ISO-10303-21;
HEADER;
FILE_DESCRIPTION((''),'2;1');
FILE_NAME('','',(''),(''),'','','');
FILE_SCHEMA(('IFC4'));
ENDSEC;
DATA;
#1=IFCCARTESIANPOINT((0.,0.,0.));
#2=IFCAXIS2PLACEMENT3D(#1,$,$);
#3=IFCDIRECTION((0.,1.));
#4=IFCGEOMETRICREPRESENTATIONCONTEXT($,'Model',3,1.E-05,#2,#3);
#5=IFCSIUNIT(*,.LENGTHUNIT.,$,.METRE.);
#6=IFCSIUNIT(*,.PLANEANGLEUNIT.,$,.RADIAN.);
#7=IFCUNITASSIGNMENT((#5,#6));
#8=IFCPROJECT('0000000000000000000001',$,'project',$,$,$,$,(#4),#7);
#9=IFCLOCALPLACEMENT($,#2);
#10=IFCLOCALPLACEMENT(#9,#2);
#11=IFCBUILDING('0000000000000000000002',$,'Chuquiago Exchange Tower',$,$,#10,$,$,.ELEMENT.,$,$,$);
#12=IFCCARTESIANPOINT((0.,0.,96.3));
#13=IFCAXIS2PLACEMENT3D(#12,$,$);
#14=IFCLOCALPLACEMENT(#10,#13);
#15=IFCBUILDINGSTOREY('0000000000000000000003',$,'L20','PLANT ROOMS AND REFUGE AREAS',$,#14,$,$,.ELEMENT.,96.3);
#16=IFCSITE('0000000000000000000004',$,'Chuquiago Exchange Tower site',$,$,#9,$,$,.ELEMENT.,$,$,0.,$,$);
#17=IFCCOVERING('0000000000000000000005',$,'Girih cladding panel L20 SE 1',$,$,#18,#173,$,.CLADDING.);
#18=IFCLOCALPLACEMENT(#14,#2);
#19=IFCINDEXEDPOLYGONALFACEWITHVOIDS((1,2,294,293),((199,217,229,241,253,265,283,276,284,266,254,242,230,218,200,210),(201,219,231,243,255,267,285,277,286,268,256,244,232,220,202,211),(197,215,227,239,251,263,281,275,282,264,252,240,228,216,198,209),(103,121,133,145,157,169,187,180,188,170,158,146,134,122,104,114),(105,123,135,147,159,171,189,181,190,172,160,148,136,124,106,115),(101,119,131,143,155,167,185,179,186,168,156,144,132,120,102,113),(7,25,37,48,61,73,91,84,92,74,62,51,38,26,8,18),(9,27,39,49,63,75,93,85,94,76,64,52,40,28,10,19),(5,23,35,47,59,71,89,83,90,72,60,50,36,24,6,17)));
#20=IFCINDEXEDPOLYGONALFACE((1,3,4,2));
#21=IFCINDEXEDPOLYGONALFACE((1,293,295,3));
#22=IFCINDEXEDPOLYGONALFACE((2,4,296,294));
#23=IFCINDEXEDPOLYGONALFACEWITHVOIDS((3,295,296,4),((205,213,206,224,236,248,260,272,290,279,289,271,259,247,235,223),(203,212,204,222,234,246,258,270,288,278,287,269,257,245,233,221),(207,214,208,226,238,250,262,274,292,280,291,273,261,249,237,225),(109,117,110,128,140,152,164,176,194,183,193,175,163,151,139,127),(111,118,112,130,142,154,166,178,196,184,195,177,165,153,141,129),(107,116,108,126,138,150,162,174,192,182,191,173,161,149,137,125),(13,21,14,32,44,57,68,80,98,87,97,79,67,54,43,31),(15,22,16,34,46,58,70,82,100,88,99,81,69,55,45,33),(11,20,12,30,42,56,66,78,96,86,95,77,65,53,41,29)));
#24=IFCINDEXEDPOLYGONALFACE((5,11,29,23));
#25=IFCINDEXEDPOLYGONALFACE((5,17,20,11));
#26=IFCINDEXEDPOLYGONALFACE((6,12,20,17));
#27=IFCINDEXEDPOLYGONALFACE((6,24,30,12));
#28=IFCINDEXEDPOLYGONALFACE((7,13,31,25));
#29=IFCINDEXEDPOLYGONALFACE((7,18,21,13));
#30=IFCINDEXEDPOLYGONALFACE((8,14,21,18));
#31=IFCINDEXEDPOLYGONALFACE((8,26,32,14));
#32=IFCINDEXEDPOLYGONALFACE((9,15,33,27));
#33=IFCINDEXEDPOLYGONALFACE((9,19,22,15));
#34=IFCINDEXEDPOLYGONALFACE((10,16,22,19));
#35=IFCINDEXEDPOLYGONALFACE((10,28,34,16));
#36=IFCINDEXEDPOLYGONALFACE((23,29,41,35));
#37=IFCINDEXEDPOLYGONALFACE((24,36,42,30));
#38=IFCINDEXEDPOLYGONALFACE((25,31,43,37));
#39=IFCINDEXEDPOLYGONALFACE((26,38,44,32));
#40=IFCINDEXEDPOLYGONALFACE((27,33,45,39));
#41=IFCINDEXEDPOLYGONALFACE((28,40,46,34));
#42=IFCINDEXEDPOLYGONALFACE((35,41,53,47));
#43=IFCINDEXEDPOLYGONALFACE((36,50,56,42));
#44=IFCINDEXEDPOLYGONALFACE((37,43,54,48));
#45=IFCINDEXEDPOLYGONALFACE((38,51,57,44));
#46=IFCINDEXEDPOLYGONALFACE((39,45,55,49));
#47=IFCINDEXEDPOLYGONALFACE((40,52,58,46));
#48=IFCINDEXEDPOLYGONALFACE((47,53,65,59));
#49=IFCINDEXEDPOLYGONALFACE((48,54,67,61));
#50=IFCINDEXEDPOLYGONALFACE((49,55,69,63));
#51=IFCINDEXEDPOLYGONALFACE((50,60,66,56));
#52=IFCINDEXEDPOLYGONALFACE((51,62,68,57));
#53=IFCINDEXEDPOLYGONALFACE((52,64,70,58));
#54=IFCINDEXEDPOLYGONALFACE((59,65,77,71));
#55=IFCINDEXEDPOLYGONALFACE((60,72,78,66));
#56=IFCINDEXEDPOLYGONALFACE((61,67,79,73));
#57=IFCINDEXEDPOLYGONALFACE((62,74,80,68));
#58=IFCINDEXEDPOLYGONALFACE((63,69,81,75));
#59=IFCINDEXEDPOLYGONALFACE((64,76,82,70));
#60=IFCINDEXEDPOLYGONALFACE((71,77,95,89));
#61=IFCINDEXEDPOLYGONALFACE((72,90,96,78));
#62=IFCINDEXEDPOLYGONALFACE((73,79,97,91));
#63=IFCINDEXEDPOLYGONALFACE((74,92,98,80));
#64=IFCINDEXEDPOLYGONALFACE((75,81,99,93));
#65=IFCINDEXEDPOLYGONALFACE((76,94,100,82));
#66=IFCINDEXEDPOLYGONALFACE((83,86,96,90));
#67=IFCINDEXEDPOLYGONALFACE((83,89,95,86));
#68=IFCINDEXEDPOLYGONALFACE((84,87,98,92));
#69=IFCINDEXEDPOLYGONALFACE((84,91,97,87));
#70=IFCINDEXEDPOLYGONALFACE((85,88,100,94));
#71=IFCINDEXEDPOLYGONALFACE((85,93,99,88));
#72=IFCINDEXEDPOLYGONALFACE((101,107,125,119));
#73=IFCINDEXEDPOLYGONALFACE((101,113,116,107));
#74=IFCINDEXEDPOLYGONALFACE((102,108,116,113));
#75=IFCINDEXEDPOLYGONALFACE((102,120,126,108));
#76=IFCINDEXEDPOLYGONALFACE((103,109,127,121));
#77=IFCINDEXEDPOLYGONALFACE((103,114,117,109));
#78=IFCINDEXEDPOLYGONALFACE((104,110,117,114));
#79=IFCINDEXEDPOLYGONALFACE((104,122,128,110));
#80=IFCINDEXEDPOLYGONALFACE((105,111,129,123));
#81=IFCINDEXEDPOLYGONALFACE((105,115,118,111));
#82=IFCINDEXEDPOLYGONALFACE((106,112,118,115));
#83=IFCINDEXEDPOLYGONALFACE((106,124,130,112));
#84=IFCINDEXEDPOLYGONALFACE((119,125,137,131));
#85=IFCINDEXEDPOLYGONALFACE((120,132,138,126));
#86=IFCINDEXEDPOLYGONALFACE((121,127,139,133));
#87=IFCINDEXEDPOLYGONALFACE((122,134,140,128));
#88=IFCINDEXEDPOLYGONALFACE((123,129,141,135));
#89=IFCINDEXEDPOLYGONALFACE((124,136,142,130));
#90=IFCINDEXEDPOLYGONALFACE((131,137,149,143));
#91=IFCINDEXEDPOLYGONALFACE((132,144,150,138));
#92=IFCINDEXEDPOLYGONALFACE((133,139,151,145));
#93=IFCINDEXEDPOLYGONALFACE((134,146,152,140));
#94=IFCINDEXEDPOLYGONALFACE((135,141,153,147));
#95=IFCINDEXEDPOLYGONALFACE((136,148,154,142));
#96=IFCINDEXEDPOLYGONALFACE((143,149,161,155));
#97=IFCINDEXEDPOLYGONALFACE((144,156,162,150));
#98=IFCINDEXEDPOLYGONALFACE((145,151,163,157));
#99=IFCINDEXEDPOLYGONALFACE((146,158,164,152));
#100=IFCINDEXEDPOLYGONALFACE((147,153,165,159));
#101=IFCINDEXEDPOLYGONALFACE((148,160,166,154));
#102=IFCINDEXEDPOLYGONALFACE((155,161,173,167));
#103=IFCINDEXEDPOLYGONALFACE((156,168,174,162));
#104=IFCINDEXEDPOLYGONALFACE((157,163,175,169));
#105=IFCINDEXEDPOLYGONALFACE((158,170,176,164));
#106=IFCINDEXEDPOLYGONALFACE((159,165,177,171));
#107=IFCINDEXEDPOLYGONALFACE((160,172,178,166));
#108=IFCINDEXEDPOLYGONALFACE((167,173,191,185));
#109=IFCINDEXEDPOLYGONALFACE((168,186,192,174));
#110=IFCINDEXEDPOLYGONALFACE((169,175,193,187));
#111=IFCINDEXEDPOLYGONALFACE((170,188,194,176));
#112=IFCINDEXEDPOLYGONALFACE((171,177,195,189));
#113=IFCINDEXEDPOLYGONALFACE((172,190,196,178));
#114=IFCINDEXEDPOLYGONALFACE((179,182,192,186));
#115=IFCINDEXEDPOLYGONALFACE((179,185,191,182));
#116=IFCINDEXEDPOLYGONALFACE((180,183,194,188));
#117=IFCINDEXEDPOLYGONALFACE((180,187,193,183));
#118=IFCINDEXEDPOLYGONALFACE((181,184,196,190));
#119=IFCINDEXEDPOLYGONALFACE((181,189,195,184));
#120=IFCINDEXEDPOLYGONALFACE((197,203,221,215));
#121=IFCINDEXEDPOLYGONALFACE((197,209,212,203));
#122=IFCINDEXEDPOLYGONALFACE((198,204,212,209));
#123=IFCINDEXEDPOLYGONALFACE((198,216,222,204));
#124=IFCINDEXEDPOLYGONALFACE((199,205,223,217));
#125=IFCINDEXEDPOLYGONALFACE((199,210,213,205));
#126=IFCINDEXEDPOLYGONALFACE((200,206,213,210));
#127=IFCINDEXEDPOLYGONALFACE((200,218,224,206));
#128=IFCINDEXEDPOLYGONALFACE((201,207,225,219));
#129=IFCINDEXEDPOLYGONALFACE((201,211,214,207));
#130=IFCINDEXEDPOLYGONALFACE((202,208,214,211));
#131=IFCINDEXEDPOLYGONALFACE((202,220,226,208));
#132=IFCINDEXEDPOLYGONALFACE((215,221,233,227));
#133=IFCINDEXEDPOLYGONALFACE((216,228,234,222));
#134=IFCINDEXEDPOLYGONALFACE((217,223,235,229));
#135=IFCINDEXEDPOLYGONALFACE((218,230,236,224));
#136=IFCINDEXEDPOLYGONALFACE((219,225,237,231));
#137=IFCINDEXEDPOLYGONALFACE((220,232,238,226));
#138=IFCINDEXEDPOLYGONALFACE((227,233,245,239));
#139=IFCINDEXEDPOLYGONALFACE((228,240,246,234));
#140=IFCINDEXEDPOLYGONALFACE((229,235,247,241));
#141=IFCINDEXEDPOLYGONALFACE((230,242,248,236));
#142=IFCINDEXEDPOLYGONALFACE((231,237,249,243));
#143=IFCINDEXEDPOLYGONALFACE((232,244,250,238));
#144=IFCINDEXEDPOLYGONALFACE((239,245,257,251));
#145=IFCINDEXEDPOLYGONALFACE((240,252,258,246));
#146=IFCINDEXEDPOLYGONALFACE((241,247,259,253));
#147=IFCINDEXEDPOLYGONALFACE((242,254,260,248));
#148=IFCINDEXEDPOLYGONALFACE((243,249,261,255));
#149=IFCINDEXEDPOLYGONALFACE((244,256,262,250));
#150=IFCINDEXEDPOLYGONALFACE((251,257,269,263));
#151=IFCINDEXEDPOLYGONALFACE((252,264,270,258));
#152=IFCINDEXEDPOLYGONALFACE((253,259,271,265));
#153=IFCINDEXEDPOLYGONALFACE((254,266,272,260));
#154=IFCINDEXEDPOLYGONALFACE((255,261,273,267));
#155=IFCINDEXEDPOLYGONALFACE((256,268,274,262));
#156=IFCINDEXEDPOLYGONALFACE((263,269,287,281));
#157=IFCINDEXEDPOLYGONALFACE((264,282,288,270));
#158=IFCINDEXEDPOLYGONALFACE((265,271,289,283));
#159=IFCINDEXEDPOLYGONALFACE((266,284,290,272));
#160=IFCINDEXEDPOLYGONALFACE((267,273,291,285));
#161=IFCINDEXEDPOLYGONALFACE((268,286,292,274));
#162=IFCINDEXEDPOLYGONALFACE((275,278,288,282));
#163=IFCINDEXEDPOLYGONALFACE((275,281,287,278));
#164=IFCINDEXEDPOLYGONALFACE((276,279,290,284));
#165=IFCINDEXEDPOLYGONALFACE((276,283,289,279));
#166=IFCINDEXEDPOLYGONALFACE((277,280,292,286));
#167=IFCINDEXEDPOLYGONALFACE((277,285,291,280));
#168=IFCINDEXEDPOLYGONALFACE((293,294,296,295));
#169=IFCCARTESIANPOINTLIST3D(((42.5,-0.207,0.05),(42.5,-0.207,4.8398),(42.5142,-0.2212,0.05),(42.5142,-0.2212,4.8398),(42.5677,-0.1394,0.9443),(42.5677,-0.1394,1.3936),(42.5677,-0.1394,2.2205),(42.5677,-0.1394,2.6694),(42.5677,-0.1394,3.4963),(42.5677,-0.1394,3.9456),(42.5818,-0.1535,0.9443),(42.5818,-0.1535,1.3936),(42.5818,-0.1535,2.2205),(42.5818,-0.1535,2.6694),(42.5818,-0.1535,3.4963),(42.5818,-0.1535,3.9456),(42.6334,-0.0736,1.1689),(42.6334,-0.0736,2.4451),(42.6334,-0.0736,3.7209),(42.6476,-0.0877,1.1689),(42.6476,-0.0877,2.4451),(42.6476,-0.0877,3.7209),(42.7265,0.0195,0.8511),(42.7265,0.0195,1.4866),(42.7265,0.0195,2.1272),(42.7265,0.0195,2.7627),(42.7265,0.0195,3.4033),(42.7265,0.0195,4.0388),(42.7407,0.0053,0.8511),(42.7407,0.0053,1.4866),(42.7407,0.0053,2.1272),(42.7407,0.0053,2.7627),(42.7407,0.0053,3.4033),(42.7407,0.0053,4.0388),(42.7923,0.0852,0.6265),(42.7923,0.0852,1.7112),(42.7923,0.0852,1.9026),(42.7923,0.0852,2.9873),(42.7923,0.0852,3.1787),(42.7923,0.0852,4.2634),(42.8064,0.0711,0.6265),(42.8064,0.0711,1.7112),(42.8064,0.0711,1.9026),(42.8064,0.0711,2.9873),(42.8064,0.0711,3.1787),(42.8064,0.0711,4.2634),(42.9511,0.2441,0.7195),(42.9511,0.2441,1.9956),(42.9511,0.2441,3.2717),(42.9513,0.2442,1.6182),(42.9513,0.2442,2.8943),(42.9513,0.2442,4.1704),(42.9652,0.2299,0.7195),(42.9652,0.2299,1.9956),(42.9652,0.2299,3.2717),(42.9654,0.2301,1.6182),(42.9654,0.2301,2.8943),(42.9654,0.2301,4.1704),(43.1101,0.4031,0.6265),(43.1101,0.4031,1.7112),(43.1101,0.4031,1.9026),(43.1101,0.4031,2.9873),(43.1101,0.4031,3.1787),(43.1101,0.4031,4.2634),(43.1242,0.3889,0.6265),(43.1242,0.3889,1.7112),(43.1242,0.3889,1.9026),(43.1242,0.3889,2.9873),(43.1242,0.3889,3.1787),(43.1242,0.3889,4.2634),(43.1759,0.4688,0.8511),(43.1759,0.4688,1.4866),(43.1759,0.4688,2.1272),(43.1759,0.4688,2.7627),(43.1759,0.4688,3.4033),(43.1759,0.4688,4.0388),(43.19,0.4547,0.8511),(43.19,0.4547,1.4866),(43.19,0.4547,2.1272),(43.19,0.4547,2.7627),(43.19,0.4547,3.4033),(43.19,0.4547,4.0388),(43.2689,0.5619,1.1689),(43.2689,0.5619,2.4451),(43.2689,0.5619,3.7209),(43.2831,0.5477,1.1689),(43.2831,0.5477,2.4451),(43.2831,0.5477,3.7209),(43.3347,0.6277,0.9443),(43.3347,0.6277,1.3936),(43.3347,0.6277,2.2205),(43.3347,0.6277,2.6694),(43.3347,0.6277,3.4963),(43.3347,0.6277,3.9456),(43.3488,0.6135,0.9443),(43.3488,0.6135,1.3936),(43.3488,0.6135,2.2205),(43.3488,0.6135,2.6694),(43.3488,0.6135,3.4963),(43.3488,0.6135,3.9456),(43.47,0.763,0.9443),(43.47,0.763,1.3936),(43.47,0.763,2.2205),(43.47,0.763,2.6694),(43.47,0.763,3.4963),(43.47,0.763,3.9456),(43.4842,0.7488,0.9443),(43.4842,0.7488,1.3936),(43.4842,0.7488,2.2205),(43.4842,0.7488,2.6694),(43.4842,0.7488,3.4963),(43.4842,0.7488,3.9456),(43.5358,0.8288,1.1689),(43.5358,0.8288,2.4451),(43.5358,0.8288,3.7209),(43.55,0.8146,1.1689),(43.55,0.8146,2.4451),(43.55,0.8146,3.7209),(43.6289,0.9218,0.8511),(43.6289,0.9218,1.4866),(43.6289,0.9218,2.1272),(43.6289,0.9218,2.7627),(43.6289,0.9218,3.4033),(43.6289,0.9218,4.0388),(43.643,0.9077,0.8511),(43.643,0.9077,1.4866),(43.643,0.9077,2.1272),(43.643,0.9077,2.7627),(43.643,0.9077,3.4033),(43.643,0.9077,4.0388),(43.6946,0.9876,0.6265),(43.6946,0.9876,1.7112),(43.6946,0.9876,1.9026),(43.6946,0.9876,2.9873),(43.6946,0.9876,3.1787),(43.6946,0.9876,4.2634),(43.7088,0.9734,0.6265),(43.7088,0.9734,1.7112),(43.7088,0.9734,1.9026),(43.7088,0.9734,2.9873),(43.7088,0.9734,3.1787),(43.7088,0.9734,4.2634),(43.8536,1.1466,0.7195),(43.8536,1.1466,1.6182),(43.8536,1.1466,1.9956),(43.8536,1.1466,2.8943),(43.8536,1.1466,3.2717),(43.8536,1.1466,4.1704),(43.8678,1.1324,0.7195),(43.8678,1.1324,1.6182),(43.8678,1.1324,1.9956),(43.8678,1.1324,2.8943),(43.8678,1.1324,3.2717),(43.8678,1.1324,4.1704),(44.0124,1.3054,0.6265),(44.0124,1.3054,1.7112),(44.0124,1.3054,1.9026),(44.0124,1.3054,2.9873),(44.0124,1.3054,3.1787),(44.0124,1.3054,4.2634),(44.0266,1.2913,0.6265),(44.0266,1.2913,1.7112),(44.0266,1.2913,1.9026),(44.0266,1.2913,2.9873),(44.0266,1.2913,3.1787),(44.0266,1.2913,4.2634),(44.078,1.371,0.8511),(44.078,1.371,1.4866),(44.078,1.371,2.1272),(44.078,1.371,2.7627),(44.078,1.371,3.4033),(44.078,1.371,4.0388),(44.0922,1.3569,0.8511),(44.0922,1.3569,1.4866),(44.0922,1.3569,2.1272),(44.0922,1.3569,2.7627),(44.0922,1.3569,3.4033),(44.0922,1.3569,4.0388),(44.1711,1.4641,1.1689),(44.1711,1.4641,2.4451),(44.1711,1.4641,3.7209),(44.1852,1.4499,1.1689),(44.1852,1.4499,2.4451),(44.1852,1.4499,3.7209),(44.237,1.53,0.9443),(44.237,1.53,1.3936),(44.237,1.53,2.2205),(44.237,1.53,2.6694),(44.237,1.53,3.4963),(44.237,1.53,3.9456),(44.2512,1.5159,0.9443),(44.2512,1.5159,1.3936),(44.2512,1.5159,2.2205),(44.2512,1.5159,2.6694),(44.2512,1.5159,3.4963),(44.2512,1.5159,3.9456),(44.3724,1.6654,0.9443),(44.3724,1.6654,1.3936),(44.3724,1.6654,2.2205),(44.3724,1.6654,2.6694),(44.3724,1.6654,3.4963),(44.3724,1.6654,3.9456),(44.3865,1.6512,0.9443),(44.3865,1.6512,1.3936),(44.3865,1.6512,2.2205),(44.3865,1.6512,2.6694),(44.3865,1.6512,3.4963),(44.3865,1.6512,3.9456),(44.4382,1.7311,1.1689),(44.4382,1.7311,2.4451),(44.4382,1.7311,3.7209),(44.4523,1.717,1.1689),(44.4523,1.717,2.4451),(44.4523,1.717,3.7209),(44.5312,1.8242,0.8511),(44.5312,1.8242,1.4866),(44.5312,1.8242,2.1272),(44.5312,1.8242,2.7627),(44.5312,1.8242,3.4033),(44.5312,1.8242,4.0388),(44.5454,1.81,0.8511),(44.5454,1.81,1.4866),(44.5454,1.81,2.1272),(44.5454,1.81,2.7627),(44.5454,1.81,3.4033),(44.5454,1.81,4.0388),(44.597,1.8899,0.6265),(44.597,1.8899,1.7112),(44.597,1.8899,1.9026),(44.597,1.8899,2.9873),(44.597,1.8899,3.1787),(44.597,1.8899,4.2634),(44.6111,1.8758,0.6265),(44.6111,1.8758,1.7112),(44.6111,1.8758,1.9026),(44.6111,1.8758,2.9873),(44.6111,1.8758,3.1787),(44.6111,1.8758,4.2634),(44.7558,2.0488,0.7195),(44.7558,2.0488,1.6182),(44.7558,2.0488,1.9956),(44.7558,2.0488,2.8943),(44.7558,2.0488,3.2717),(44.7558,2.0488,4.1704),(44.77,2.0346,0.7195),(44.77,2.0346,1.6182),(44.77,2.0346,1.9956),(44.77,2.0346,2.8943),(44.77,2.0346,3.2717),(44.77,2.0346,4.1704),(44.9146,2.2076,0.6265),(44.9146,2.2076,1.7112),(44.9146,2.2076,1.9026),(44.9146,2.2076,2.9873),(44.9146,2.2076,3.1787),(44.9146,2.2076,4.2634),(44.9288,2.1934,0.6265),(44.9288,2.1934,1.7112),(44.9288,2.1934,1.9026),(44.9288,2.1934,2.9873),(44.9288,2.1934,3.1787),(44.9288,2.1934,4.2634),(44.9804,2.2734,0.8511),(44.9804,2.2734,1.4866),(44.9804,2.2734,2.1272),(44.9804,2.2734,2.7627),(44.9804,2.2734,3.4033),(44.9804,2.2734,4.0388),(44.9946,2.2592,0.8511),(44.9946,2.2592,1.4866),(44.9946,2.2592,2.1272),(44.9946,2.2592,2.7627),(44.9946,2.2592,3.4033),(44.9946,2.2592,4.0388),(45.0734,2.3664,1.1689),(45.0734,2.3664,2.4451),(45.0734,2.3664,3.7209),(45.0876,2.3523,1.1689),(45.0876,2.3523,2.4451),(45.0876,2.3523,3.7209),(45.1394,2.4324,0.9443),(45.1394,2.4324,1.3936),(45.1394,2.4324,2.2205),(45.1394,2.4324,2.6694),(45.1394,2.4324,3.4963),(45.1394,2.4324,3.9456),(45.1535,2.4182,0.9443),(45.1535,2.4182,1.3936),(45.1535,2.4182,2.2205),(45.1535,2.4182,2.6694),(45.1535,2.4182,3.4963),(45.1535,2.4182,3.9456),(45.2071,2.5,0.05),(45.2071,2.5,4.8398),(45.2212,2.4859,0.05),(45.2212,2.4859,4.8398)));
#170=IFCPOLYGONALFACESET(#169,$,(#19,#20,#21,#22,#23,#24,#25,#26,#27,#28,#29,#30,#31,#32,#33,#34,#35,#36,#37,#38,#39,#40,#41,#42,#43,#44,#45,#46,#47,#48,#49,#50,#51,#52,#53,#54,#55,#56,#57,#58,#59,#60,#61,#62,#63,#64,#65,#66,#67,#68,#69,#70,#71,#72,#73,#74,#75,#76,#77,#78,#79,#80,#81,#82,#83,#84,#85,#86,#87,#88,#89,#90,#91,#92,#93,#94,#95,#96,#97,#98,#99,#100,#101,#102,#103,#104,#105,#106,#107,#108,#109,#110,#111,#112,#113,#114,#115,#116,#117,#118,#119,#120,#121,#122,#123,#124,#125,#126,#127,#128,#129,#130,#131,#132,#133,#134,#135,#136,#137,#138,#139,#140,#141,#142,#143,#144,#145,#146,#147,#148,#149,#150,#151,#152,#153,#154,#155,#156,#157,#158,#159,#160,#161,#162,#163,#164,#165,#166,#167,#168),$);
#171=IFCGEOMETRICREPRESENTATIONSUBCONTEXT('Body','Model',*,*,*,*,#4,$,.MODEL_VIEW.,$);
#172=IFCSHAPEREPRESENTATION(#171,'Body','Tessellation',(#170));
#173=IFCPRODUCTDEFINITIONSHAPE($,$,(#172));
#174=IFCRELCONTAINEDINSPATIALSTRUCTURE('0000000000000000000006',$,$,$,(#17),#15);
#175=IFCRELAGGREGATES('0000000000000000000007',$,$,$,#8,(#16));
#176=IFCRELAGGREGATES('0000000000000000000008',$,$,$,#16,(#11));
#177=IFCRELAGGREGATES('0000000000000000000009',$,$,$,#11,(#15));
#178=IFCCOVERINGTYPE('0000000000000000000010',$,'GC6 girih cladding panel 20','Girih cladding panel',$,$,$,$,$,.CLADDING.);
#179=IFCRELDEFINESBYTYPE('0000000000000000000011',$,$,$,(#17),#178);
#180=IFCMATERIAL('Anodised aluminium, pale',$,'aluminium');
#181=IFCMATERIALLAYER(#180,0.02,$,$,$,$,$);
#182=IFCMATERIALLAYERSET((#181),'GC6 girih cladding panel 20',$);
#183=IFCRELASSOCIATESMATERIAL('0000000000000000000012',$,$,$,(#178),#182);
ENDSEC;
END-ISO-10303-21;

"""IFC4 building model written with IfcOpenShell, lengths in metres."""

from ifc_helpers import new_model, si_unit, direction, frame, origin, place, context, subcontext, project, spatial, polyline, outline, extrude, material, layer, layer_set, type_object, element, save


model = new_model("IFC4")

# Units and contexts
model_context = context("Model", 3, precision=1e-05, world=origin(), true_north=direction((0.0, 1.0)))
body_context = subcontext(model_context, "Body", "Model", "MODEL_VIEW")
ifc_project = project(units=[si_unit("LENGTHUNIT", "METRE"), si_unit("PLANEANGLEUNIT", "RADIAN")], contexts=[model_context])

# Site, building, storey
site_placement = place(None, origin())
site = spatial("IfcSite", under=ifc_project, at=site_placement, Name="Chuquiago Exchange Tower site", CompositionType="ELEMENT", RefElevation=0.0)
building_placement = place(site_placement, origin())
building = spatial("IfcBuilding", under=site, at=building_placement, Name="Chuquiago Exchange Tower", CompositionType="ELEMENT")
storey_placement = place(building_placement, frame((0.0, 0.0, 96.3)))
storey = spatial("IfcBuildingStorey", under=building, at=storey_placement, Name="L20", Description="PLANT ROOMS AND REFUGE AREAS", CompositionType="ELEMENT", Elevation=96.3)

# Covering
ifc_material_1 = material(Name="Anodised aluminium, pale", Category="aluminium")
ifc_layer_1 = layer(ifc_material_1, 0.02)
ifc_layer_set_1 = layer_set([ifc_layer_1], Name="GC6 girih cladding panel 20")
covering_type_1 = type_object("IfcCoveringType", Name="GC6 girih cladding panel 20", Description="Girih cladding panel", PredefinedType="CLADDING", material=ifc_layer_set_1)
covering_1_placement = place(storey_placement, frame((42.5, -0.207, 0.05), z_axis=(0.0, 0.0, 1.0), x_axis=(0.707107, 0.707107, 0.0)))
element("IfcCovering", 1, at=covering_1_placement, inside=storey, type_object=covering_type_1, Name="Girih cladding panel L20 SE 1", PredefinedType="CLADDING", context=body_context, shape_type="SweptSolid", body=[
    extrude(outline(polyline([(0.0, 0.0), (3.8284, 0.0), (3.8284, 4.7898), (0.0, 4.7898), (0.0, 0.0)]), holes=[polyline([(1.0874, 1.1189), (1.1804, 1.3435), (0.9558, 1.4365), (0.8628, 1.6611), (0.6382, 1.5681), (0.4133, 1.6611), (0.3203, 1.4365), (0.0957, 1.3435), (0.1887, 1.1189), (0.0957, 0.8943), (0.3203, 0.801), (0.4133, 0.5764), (0.6379, 0.6694), (0.8628, 0.5764), (0.9558, 0.801), (1.1804, 0.8943), (1.0874, 1.1189)]), polyline([(2.3633, 1.1189), (2.4565, 1.3435), (2.2317, 1.4365), (2.1389, 1.6611), (1.9143, 1.5681), (1.6895, 1.6611), (1.5964, 1.4365), (1.3718, 1.3435), (1.4648, 1.1189), (1.3718, 0.8943), (1.5964, 0.801), (1.6895, 0.5764), (1.9143, 0.6694), (2.1389, 0.5764), (2.2317, 0.801), (2.4565, 0.8943), (2.3633, 1.1189)]), polyline([(3.6394, 1.1189), (3.7327, 1.3435), (3.5078, 1.4365), (3.4148, 1.6611), (3.1902, 1.5681), (2.9656, 1.6611), (2.8726, 1.4365), (2.6479, 1.3435), (2.741, 1.1189), (2.6479, 0.8943), (2.8726, 0.801), (2.9656, 0.5764), (3.1902, 0.6694), (3.4148, 0.5764), (3.5078, 0.801), (3.7327, 0.8943), (3.6394, 1.1189)]), polyline([(1.0874, 2.395), (1.1804, 2.6194), (0.9558, 2.7126), (0.8628, 2.9373), (0.6382, 2.8442), (0.4133, 2.9373), (0.3203, 2.7126), (0.0957, 2.6194), (0.1887, 2.395), (0.0957, 2.1704), (0.3203, 2.0771), (0.4133, 1.8525), (0.6379, 1.9456), (0.8628, 1.8525), (0.9558, 2.0771), (1.1804, 2.1704), (1.0874, 2.395)]), polyline([(2.3633, 2.395), (2.4565, 2.6194), (2.2317, 2.7126), (2.1389, 2.9373), (1.9143, 2.8442), (1.6895, 2.9373), (1.5964, 2.7126), (1.3718, 2.6194), (1.4648, 2.395), (1.3718, 2.1704), (1.5964, 2.0771), (1.6895, 1.8525), (1.9143, 1.9456), (2.1389, 1.8525), (2.2317, 2.0771), (2.4565, 2.1704), (2.3633, 2.395)]), polyline([(3.6394, 2.395), (3.7327, 2.6194), (3.5078, 2.7126), (3.4148, 2.9373), (3.1902, 2.8442), (2.9656, 2.9373), (2.8726, 2.7126), (2.6479, 2.6194), (2.741, 2.395), (2.6479, 2.1704), (2.8726, 2.0771), (2.9656, 1.8525), (3.1902, 1.9456), (3.4148, 1.8525), (3.5078, 2.0771), (3.7327, 2.1704), (3.6394, 2.395)]), polyline([(1.0874, 3.6709), (1.1804, 3.8955), (0.9558, 3.9888), (0.8628, 4.2134), (0.6382, 4.1204), (0.4133, 4.2134), (0.3203, 3.9888), (0.0957, 3.8955), (0.1887, 3.6709), (0.0957, 3.4463), (0.3203, 3.3533), (0.4133, 3.1287), (0.6379, 3.2217), (0.8628, 3.1287), (0.9558, 3.3533), (1.1804, 3.4463), (1.0874, 3.6709)]), polyline([(2.3633, 3.6709), (2.4565, 3.8955), (2.2317, 3.9888), (2.1389, 4.2134), (1.9143, 4.1204), (1.6895, 4.2134), (1.5964, 3.9888), (1.3718, 3.8955), (1.4648, 3.6709), (1.3718, 3.4463), (1.5964, 3.3533), (1.6895, 3.1287), (1.9143, 3.2217), (2.1389, 3.1287), (2.2317, 3.3533), (2.4565, 3.4463), (2.3633, 3.6709)]), polyline([(3.6394, 3.6709), (3.7327, 3.8955), (3.5078, 3.9888), (3.4148, 4.2134), (3.1902, 4.1204), (2.9656, 4.2134), (2.8726, 3.9888), (2.6479, 3.8955), (2.741, 3.6709), (2.6479, 3.4463), (2.8726, 3.3533), (2.9656, 3.1287), (3.1902, 3.2217), (3.4148, 3.1287), (3.5078, 3.3533), (3.7327, 3.4463), (3.6394, 3.6709)])]), frame((0.0, 0.0, 0.0), z_axis=(0.0, -1.0, 0.0), x_axis=(1.0, 0.0, 0.0)), (0.0, 0.0, 1.0), 0.02),
])

save(model, "model.ifc")
